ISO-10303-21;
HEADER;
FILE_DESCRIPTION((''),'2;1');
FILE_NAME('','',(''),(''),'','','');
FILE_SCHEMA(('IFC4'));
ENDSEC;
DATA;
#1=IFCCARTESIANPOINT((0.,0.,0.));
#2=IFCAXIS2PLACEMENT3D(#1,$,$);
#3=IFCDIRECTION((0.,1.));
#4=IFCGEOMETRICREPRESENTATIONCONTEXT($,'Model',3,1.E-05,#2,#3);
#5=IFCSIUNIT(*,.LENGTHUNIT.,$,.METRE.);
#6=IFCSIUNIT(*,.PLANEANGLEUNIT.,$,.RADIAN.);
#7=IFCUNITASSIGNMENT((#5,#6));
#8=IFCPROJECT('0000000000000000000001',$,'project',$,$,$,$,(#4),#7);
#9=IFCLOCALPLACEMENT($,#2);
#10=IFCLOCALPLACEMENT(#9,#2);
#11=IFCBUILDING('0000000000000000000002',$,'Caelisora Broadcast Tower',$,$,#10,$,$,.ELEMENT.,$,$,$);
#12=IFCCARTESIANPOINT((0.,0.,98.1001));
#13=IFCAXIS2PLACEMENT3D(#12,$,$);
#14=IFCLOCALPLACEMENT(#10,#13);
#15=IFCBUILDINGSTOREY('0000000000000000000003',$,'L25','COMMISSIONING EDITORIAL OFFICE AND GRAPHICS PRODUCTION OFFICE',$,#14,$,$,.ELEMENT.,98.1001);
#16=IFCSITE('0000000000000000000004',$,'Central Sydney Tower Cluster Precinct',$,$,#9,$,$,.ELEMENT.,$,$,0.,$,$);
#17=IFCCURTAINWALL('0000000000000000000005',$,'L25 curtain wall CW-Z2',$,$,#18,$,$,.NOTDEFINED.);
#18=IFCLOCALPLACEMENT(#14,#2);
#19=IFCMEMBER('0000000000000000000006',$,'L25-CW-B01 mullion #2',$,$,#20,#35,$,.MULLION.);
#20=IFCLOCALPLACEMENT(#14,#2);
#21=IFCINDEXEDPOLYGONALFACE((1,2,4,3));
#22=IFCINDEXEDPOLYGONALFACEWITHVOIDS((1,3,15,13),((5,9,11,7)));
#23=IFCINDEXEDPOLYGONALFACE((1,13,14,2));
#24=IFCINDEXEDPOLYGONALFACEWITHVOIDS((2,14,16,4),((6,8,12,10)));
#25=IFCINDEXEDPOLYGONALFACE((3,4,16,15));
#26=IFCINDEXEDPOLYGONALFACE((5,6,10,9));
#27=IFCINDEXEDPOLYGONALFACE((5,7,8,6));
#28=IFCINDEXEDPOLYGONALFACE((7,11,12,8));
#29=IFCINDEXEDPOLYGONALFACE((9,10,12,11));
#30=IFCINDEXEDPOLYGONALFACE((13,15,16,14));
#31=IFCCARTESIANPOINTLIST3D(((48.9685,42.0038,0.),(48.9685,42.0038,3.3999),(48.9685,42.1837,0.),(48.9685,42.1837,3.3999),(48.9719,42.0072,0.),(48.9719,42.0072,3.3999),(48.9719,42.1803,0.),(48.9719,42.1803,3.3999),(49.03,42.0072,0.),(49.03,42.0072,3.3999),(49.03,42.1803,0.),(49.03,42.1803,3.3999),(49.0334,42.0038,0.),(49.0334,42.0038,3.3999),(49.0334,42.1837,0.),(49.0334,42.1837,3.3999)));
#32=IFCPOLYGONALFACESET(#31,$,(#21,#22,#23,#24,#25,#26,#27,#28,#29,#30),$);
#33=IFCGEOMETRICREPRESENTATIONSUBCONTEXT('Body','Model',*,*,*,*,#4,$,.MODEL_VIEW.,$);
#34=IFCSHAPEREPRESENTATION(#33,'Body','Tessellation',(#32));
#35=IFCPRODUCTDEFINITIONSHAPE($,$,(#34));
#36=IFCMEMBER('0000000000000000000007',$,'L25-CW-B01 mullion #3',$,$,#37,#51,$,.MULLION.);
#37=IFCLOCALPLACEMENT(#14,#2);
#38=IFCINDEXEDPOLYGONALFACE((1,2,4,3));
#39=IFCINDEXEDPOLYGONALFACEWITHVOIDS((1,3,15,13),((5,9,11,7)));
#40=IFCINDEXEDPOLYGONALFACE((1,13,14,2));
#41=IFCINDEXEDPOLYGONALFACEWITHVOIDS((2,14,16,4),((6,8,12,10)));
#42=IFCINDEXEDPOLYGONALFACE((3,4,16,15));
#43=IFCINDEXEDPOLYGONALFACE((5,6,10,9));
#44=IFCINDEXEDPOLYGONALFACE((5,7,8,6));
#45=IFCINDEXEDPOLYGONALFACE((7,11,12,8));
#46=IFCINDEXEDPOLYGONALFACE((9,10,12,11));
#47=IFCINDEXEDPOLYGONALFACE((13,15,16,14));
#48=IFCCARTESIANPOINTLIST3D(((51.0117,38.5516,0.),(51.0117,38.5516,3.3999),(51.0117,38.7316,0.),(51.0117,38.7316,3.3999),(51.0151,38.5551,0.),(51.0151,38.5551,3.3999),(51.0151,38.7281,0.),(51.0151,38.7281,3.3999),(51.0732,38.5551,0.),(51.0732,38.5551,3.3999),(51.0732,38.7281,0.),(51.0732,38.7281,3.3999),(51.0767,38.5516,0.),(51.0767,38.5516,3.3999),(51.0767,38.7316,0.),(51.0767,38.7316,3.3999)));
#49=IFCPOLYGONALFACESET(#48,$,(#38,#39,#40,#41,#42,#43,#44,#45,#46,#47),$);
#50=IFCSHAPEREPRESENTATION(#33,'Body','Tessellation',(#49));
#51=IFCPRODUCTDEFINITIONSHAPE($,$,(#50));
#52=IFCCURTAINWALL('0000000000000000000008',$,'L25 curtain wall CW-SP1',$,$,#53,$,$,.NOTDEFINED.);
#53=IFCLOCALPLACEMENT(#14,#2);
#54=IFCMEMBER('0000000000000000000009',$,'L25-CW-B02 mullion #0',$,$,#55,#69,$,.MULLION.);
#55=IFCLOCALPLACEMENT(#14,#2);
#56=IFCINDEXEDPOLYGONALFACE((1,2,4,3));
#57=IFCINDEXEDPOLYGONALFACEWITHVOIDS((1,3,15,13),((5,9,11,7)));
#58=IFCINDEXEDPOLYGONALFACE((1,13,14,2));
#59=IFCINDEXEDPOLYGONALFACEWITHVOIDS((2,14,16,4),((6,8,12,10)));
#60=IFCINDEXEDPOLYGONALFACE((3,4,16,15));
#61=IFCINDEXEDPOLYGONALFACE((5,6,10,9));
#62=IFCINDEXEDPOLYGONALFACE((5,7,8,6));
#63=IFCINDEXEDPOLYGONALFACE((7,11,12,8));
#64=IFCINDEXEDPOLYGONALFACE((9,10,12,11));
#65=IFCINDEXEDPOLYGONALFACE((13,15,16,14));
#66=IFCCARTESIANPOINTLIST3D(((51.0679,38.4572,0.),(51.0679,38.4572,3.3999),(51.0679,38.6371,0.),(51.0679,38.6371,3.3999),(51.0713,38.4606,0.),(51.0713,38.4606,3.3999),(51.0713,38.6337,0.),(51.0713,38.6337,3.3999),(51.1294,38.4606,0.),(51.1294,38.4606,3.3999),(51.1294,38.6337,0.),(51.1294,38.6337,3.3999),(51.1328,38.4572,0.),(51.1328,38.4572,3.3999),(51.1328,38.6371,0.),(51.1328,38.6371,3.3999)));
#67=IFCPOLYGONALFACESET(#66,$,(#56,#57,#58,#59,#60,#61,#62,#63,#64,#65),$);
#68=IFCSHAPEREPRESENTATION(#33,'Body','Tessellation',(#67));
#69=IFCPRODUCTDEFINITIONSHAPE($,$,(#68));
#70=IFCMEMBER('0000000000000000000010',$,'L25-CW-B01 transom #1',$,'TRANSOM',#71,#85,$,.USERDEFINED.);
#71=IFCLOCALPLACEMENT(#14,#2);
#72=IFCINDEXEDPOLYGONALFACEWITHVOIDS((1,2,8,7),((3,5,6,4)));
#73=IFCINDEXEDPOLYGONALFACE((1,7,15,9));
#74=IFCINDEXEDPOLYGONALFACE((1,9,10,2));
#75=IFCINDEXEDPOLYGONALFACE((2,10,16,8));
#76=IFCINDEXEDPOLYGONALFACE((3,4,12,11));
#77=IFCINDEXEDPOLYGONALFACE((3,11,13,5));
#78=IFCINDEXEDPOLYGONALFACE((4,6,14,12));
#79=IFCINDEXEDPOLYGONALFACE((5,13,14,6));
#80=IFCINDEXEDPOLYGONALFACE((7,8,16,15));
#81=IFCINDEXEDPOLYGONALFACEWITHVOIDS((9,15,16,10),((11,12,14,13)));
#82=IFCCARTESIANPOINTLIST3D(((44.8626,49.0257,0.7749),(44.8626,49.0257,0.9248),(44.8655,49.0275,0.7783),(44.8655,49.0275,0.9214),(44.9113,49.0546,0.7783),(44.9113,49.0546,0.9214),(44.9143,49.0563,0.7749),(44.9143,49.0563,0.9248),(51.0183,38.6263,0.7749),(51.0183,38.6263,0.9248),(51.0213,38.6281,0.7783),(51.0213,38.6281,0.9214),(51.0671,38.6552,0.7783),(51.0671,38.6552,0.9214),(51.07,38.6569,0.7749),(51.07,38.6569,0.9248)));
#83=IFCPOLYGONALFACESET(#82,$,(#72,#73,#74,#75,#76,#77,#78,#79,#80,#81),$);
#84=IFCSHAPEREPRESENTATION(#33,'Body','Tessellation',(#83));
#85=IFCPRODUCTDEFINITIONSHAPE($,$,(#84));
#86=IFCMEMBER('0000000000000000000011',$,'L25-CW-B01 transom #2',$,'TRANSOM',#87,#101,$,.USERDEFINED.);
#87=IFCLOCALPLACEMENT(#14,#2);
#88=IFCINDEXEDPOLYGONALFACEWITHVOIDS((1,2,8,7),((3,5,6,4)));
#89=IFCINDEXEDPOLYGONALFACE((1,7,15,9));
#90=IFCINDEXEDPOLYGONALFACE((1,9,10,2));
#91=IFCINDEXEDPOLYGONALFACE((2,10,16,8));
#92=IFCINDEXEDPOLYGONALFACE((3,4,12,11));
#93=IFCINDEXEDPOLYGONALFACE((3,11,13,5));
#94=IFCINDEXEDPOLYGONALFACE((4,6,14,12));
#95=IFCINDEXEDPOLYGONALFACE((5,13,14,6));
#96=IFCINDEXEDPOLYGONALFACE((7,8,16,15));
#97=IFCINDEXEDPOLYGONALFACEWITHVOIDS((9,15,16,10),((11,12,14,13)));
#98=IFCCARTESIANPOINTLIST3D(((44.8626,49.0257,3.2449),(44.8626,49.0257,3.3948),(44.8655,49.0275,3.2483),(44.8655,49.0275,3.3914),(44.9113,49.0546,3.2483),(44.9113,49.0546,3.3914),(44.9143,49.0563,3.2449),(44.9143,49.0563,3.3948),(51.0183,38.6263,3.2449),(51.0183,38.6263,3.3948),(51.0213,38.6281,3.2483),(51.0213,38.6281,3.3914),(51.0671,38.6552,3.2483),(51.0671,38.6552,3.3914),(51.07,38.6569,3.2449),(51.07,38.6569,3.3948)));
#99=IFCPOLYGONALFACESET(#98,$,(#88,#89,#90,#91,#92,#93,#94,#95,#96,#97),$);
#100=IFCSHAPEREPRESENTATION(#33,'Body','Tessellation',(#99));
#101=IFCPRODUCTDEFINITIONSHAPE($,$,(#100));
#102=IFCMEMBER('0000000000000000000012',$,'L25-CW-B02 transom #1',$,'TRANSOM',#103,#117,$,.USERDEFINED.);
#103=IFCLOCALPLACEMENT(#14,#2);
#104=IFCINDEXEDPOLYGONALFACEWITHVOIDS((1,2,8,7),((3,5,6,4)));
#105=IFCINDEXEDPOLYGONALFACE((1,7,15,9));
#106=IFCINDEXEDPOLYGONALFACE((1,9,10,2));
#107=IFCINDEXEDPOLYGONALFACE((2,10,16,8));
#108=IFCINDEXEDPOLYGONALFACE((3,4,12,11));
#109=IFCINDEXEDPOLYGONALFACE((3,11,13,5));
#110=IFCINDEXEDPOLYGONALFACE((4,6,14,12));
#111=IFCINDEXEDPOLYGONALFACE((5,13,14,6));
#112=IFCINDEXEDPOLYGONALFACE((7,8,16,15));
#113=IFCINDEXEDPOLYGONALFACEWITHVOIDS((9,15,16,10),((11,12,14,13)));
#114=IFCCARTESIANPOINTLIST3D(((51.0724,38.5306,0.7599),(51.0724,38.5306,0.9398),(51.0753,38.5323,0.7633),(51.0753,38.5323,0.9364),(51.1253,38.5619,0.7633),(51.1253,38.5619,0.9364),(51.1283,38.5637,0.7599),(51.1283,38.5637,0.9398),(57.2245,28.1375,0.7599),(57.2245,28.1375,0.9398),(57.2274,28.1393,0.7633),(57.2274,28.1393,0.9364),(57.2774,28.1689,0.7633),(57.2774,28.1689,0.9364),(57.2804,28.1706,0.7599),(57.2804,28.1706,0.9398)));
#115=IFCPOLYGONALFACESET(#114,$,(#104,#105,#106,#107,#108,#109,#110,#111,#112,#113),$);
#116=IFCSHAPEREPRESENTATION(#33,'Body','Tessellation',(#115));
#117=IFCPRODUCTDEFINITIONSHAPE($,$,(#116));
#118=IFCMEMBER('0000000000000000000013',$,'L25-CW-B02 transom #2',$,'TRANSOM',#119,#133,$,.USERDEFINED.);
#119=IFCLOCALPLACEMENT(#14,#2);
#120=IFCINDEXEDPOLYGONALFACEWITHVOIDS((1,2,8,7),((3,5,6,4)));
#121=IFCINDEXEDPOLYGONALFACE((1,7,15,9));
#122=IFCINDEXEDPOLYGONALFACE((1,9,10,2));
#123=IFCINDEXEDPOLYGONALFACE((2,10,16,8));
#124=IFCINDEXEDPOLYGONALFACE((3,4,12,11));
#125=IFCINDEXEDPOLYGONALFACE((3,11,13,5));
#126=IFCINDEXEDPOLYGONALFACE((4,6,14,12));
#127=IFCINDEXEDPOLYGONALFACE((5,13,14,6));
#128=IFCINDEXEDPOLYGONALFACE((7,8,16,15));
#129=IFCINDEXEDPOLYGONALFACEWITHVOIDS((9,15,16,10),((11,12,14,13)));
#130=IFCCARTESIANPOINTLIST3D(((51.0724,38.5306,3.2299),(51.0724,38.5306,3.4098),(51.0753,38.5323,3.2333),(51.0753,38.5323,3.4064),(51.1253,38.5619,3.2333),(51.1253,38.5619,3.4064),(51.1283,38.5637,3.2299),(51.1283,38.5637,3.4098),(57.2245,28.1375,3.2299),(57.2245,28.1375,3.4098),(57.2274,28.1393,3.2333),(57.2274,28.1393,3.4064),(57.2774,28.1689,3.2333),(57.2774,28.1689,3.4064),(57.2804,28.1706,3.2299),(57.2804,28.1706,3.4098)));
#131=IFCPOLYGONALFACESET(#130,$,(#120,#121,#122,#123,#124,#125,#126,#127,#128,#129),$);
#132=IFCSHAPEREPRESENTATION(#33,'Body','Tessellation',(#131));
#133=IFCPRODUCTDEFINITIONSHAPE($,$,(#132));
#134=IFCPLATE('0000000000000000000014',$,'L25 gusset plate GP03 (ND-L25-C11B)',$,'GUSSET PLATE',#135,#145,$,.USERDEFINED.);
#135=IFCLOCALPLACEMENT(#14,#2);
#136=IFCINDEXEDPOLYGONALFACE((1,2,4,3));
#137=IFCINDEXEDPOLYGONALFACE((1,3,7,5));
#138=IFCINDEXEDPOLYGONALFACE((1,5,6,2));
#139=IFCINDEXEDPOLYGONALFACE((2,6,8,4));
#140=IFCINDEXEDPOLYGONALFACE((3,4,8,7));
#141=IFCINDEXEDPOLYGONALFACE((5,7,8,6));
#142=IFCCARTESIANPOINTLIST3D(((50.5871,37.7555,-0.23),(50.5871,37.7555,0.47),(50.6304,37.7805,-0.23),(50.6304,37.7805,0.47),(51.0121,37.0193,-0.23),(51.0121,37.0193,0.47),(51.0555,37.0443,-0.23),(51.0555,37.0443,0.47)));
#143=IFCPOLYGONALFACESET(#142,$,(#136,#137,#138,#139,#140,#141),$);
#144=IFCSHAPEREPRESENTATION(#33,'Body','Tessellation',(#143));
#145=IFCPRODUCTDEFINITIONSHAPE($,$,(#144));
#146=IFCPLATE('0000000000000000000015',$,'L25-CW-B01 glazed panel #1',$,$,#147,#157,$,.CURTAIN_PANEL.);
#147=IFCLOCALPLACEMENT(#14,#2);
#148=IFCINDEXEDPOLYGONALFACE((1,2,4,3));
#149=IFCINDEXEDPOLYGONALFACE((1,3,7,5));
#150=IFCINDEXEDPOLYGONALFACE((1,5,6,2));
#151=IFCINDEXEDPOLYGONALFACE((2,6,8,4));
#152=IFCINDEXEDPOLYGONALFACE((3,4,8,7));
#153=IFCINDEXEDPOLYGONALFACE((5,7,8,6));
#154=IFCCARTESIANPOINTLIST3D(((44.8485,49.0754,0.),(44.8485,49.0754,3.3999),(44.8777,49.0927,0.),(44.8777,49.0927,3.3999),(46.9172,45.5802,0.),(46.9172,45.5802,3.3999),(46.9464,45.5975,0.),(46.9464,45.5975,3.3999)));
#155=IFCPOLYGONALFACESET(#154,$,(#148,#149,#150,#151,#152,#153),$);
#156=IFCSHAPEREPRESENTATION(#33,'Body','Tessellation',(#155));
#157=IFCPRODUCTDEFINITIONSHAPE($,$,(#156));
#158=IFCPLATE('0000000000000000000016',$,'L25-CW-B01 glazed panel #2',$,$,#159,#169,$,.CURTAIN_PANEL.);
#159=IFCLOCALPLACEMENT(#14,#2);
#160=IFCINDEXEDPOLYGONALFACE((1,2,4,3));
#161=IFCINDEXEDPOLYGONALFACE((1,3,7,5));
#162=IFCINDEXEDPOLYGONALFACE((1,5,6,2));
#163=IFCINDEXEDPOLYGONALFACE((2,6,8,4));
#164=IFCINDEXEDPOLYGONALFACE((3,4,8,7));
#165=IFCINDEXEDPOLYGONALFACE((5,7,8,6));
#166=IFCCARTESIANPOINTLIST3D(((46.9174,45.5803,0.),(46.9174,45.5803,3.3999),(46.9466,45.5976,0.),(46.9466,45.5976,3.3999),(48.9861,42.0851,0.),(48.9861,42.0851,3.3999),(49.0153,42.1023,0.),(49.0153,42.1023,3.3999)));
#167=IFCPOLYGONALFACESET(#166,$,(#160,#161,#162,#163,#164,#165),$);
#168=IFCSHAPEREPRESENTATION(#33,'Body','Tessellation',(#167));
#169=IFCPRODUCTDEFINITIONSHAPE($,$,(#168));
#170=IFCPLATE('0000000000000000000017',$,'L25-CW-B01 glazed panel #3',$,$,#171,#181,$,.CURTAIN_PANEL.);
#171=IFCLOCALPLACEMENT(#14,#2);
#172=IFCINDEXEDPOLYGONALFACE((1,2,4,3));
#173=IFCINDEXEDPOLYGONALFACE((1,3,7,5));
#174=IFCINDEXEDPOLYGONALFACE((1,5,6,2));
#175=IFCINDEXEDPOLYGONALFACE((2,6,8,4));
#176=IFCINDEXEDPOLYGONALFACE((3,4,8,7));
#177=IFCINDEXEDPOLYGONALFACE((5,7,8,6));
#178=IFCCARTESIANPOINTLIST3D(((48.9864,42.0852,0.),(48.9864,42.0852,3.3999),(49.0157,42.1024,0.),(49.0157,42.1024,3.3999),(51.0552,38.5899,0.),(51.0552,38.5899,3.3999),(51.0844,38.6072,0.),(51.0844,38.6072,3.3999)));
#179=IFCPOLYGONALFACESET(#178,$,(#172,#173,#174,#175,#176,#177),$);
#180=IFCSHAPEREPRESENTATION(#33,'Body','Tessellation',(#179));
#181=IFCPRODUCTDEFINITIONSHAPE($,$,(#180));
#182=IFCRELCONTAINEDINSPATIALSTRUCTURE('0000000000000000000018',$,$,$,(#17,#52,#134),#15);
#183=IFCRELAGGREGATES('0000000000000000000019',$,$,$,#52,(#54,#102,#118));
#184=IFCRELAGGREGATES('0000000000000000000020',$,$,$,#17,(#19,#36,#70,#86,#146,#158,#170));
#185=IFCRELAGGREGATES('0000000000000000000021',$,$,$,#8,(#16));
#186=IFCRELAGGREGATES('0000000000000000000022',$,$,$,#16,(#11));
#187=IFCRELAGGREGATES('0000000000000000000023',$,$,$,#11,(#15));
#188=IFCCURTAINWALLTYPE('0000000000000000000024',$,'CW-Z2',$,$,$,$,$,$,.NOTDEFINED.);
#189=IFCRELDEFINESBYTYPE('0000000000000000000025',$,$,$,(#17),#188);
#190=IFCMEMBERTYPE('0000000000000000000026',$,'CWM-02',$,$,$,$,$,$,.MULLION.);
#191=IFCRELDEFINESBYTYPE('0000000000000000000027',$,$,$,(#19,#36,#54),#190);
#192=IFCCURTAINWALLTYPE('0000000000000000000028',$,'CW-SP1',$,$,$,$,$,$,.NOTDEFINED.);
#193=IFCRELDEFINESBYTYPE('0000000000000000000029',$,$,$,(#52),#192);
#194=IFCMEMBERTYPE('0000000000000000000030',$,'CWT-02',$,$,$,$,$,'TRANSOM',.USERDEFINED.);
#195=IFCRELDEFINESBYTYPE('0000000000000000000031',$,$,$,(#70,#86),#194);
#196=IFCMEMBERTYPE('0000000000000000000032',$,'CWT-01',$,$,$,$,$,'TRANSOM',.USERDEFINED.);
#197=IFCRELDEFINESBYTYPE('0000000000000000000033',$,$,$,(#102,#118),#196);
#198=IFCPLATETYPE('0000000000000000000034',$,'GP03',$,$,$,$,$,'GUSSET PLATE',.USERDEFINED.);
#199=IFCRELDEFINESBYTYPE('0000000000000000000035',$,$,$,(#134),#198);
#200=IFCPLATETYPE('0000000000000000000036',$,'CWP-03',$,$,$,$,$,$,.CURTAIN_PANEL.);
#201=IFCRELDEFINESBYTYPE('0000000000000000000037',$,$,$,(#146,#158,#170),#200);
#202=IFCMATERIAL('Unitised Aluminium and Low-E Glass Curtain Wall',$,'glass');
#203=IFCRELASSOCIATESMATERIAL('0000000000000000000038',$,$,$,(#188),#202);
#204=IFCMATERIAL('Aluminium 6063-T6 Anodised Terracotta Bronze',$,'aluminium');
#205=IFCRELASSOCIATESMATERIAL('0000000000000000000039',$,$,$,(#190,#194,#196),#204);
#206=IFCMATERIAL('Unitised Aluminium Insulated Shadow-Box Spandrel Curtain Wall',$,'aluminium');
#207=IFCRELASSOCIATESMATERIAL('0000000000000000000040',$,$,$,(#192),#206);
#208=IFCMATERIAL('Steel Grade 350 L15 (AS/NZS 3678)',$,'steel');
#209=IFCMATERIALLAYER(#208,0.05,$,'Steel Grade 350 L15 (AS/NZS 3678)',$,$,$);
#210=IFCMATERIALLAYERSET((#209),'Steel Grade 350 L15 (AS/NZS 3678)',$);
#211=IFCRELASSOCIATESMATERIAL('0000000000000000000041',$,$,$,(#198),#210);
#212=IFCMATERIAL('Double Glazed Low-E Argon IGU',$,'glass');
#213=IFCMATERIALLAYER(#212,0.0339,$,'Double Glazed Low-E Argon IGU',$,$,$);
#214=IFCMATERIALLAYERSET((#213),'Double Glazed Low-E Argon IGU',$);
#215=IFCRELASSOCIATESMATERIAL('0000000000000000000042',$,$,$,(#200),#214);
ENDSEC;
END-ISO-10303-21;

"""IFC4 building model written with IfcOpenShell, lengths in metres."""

from ifc_helpers import new_model, si_unit, direction, frame, origin, origin_2d, place, context, subcontext, project, spatial, rectangle, hollow_rectangle, extrude, source, transform, mapped, material, layer, layer_set, material_profile, profile_set, type_object, type_shapes, element, aggregate, save


model = new_model("IFC4")

# Units and contexts
model_context = context("Model", 3, precision=1e-05, world=origin(), true_north=direction((0.0, 1.0)))
body_context = subcontext(model_context, "Body", "Model", "MODEL_VIEW")
ifc_project = project(units=[si_unit("LENGTHUNIT", "METRE"), si_unit("PLANEANGLEUNIT", "RADIAN")], contexts=[model_context])

# Site, building, storey
site_placement = place(None, origin())
site = spatial("IfcSite", under=ifc_project, at=site_placement, Name="Central Sydney Tower Cluster Precinct", CompositionType="ELEMENT", RefElevation=0.0)
building_placement = place(site_placement, origin())
building = spatial("IfcBuilding", under=site, at=building_placement, Name="Caelisora Broadcast Tower", CompositionType="ELEMENT")
storey_placement = place(building_placement, frame((0.0, 0.0, 98.1001)))
storey = spatial("IfcBuildingStorey", under=building, at=storey_placement, Name="L25", Description="COMMISSIONING EDITORIAL OFFICE AND GRAPHICS PRODUCTION OFFICE", CompositionType="ELEMENT", Elevation=98.1001)

# Shared definitions
ifc_material_1 = material(Name="Steel Grade 350 L15 (AS/NZS 3678)", Category="steel")

# Curtain wall, members
ifc_material_2 = material(Name="Unitised Aluminium and Low-E Glass Curtain Wall", Category="glass")
curtain_wall_type_1 = type_object("IfcCurtainWallType", Name="CW-Z2", PredefinedType="NOTDEFINED", material=ifc_material_2)
curtain_wall_1_placement = place(storey_placement, origin())
curtain_wall_1 = element("IfcCurtainWall", 1, at=curtain_wall_1_placement, inside=storey, type_object=curtain_wall_type_1, Name="L25 curtain wall CW-Z2", PredefinedType="NOTDEFINED")
ifc_material_3 = material(Name="Aluminium 6063-T6 Anodised Terracotta Bronze", Category="aluminium")
ifc_material_profile_1 = material_profile(ifc_material_3, hollow_rectangle(XDim=0.0649, YDim=0.1799, WallThickness=0.0034, at=origin_2d()), Name="Aluminium 6063-T6 Anodised Terracotta Bronze")
ifc_profile_set_1 = profile_set([ifc_material_profile_1], Name="Aluminium 6063-T6 Anodised Terracotta Bronze")
member_type_1 = type_object("IfcMemberType", Name="CWM-02", PredefinedType="MULLION", material=ifc_profile_set_1)
shared_shape_1 = source(origin(), body_context, "Body", "SweptSolid", [
    extrude(hollow_rectangle(XDim=0.0649, YDim=0.1799, WallThickness=0.0034, at=origin_2d()), origin(), (0.0, 0.0, 1.0), 3.3999),
])
type_shapes(member_type_1, [shared_shape_1])
member_1_placement = place(storey_placement, frame((49.001, 42.0938, 0.0), z_axis=(0.0, 0.0, 1.0), x_axis=(1.0, 0.0, 0.0)))
member_1 = element("IfcMember", 2, at=member_1_placement, type_object=member_type_1, Name="L25-CW-B01 mullion #2", PredefinedType="MULLION", context=body_context, shape_type="MappedRepresentation", body=[
    mapped(shared_shape_1, transform((0.0, 0.0, 0.0), scale=1.0)),
])
member_2_placement = place(storey_placement, frame((51.0442, 38.6416, 0.0), z_axis=(0.0, 0.0, 1.0), x_axis=(1.0, 0.0, 0.0)))
member_2 = element("IfcMember", 3, at=member_2_placement, type_object=member_type_1, Name="L25-CW-B01 mullion #3", PredefinedType="MULLION", context=body_context, shape_type="MappedRepresentation", body=[
    mapped(shared_shape_1, transform((0.0, 0.0, 0.0), scale=1.0)),
])

# Curtain wall, member
ifc_material_4 = material(Name="Unitised Aluminium Insulated Shadow-Box Spandrel Curtain Wall", Category="aluminium")
curtain_wall_type_2 = type_object("IfcCurtainWallType", Name="CW-SP1", PredefinedType="NOTDEFINED", material=ifc_material_4)
curtain_wall_2_placement = place(storey_placement, origin())
curtain_wall_2 = element("IfcCurtainWall", 4, at=curtain_wall_2_placement, inside=storey, type_object=curtain_wall_type_2, Name="L25 curtain wall CW-SP1", PredefinedType="NOTDEFINED")
member_3_placement = place(storey_placement, frame((51.1003, 38.5471, 0.0), z_axis=(0.0, 0.0, 1.0), x_axis=(1.0, 0.0, 0.0)))
member_3 = element("IfcMember", 5, at=member_3_placement, type_object=member_type_1, Name="L25-CW-B02 mullion #0", PredefinedType="MULLION", context=body_context, shape_type="MappedRepresentation", body=[
    mapped(shared_shape_1, transform((0.0, 0.0, 0.0), scale=1.0)),
])

# Members
ifc_material_profile_2 = material_profile(ifc_material_3, hollow_rectangle(XDim=0.0601, YDim=0.1499, WallThickness=0.0034, at=origin_2d()), Name="Aluminium 6063-T6 Anodised Terracotta Bronze")
ifc_profile_set_2 = profile_set([ifc_material_profile_2], Name="Aluminium 6063-T6 Anodised Terracotta Bronze")
member_type_2 = type_object("IfcMemberType", Name="CWT-02", ElementType="TRANSOM", PredefinedType="USERDEFINED", material=ifc_profile_set_2)
shared_shape_2 = source(origin(), body_context, "Body", "SweptSolid", [
    extrude(hollow_rectangle(XDim=0.0601, YDim=0.1499, WallThickness=0.0034, at=origin_2d()), origin(), (0.0, 0.0, 1.0), 12.0847),
])
type_shapes(member_type_2, [shared_shape_2])
member_4_placement = place(storey_placement, frame((44.8884, 49.041, 0.8499), z_axis=(0.509383, -0.86054, 0.0), x_axis=(0.86054, 0.509383, 0.0)))
member_4 = element("IfcMember", 6, at=member_4_placement, type_object=member_type_2, Name="L25-CW-B01 transom #1", ObjectType="TRANSOM", PredefinedType="USERDEFINED", context=body_context, shape_type="MappedRepresentation", body=[
    mapped(shared_shape_2, transform((0.0, 0.0, 0.0), scale=1.0)),
])
member_5_placement = place(storey_placement, frame((44.8884, 49.041, 3.3198), z_axis=(0.509383, -0.86054, 0.0), x_axis=(0.86054, 0.509383, 0.0)))
member_5 = element("IfcMember", 7, at=member_5_placement, type_object=member_type_2, Name="L25-CW-B01 transom #2", ObjectType="TRANSOM", PredefinedType="USERDEFINED", context=body_context, shape_type="MappedRepresentation", body=[
    mapped(shared_shape_2, transform((0.0, 0.0, 0.0), scale=1.0)),
])
ifc_material_profile_3 = material_profile(ifc_material_3, hollow_rectangle(XDim=0.0649, YDim=0.1799, WallThickness=0.0034, at=origin_2d()), Name="Aluminium 6063-T6 Anodised Terracotta Bronze")
ifc_profile_set_3 = profile_set([ifc_material_profile_3], Name="Aluminium 6063-T6 Anodised Terracotta Bronze")
member_type_3 = type_object("IfcMemberType", Name="CWT-01", ElementType="TRANSOM", PredefinedType="USERDEFINED", material=ifc_profile_set_3)
shared_shape_3 = source(origin(), body_context, "Body", "SweptSolid", [
    extrude(hollow_rectangle(XDim=0.0649, YDim=0.1799, WallThickness=0.0034, at=origin_2d()), origin(), (0.0, 0.0, 1.0), 12.0774),
])
type_shapes(member_type_3, [shared_shape_3])
member_6_placement = place(storey_placement, frame((51.1003, 38.5471, 0.8499), z_axis=(0.509388, -0.860537, 0.0), x_axis=(0.860537, 0.509388, 0.0)))
member_6 = element("IfcMember", 8, at=member_6_placement, type_object=member_type_3, Name="L25-CW-B02 transom #1", ObjectType="TRANSOM", PredefinedType="USERDEFINED", context=body_context, shape_type="MappedRepresentation", body=[
    mapped(shared_shape_3, transform((0.0, 0.0, 0.0), scale=1.0)),
])
member_7_placement = place(storey_placement, frame((51.1003, 38.5471, 3.3198), z_axis=(0.509388, -0.860537, 0.0), x_axis=(0.860537, 0.509388, 0.0)))
member_7 = element("IfcMember", 9, at=member_7_placement, type_object=member_type_3, Name="L25-CW-B02 transom #2", ObjectType="TRANSOM", PredefinedType="USERDEFINED", context=body_context, shape_type="MappedRepresentation", body=[
    mapped(shared_shape_3, transform((0.0, 0.0, 0.0), scale=1.0)),
])
aggregate(curtain_wall_2, [member_3, member_6, member_7])

# Plates
ifc_layer_1 = layer(ifc_material_1, 0.05, Name="Steel Grade 350 L15 (AS/NZS 3678)")
ifc_layer_set_1 = layer_set([ifc_layer_1], Name="Steel Grade 350 L15 (AS/NZS 3678)")
plate_type_1 = type_object("IfcPlateType", Name="GP03", ElementType="GUSSET PLATE", PredefinedType="USERDEFINED", material=ifc_layer_set_1)
shared_shape_4 = source(origin(), body_context, "Body", "SweptSolid", [
    extrude(rectangle(XDim=0.8501, YDim=0.05, at=origin_2d()), origin(), (0.0, 0.0, 1.0), 0.7),
])
type_shapes(plate_type_1, [shared_shape_4])
plate_1_placement = place(storey_placement, frame((50.8213, 37.3999, -0.23), z_axis=(0.0, 0.0, 1.0), x_axis=(-0.5, 0.866025, 0.0)))
element("IfcPlate", 10, at=plate_1_placement, inside=storey, type_object=plate_type_1, Name="L25 gusset plate GP03 (ND-L25-C11B)", ObjectType="GUSSET PLATE", PredefinedType="USERDEFINED", context=body_context, shape_type="MappedRepresentation", body=[
    mapped(shared_shape_4, transform((0.0, 0.0, 0.0), scale=1.0)),
])
ifc_material_5 = material(Name="Double Glazed Low-E Argon IGU", Category="glass")
ifc_layer_2 = layer(ifc_material_5, 0.0339, Name="Double Glazed Low-E Argon IGU")
ifc_layer_set_2 = layer_set([ifc_layer_2], Name="Double Glazed Low-E Argon IGU")
plate_type_2 = type_object("IfcPlateType", Name="CWP-03", PredefinedType="CURTAIN_PANEL", material=ifc_layer_set_2)
shared_shape_5 = source(origin(), body_context, "Body", "SweptSolid", [
    extrude(rectangle(XDim=4.0615, YDim=0.0339, at=origin_2d()), origin(), (0.0, 0.0, 1.0), 3.3999),
])
type_shapes(plate_type_2, [shared_shape_5])
plate_2_placement = place(storey_placement, frame((45.8975, 47.3364, 0.0), z_axis=(0.0, 0.0, 1.0), x_axis=(0.509342, -0.860564, 0.0)))
plate_2 = element("IfcPlate", 11, at=plate_2_placement, type_object=plate_type_2, Name="L25-CW-B01 glazed panel #1", PredefinedType="CURTAIN_PANEL", context=body_context, shape_type="MappedRepresentation", body=[
    mapped(shared_shape_5, transform((0.0, 0.0, 0.0), scale=1.0)),
])
plate_3_placement = place(storey_placement, frame((47.9663, 43.8413, 0.0), z_axis=(0.0, 0.0, 1.0), x_axis=(0.509342, -0.860564, 0.0)))
plate_3 = element("IfcPlate", 12, at=plate_3_placement, type_object=plate_type_2, Name="L25-CW-B01 glazed panel #2", PredefinedType="CURTAIN_PANEL", context=body_context, shape_type="MappedRepresentation", body=[
    mapped(shared_shape_5, transform((0.0, 0.0, 0.0), scale=1.0)),
])
plate_4_placement = place(storey_placement, frame((50.0354, 40.3462, 0.0), z_axis=(0.0, 0.0, 1.0), x_axis=(0.509342, -0.860564, 0.0)))
plate_4 = element("IfcPlate", 13, at=plate_4_placement, type_object=plate_type_2, Name="L25-CW-B01 glazed panel #3", PredefinedType="CURTAIN_PANEL", context=body_context, shape_type="MappedRepresentation", body=[
    mapped(shared_shape_5, transform((0.0, 0.0, 0.0), scale=1.0)),
])
aggregate(curtain_wall_1, [member_1, member_2, member_4, member_5, plate_2, plate_3, plate_4])

save(model, "model.ifc")
